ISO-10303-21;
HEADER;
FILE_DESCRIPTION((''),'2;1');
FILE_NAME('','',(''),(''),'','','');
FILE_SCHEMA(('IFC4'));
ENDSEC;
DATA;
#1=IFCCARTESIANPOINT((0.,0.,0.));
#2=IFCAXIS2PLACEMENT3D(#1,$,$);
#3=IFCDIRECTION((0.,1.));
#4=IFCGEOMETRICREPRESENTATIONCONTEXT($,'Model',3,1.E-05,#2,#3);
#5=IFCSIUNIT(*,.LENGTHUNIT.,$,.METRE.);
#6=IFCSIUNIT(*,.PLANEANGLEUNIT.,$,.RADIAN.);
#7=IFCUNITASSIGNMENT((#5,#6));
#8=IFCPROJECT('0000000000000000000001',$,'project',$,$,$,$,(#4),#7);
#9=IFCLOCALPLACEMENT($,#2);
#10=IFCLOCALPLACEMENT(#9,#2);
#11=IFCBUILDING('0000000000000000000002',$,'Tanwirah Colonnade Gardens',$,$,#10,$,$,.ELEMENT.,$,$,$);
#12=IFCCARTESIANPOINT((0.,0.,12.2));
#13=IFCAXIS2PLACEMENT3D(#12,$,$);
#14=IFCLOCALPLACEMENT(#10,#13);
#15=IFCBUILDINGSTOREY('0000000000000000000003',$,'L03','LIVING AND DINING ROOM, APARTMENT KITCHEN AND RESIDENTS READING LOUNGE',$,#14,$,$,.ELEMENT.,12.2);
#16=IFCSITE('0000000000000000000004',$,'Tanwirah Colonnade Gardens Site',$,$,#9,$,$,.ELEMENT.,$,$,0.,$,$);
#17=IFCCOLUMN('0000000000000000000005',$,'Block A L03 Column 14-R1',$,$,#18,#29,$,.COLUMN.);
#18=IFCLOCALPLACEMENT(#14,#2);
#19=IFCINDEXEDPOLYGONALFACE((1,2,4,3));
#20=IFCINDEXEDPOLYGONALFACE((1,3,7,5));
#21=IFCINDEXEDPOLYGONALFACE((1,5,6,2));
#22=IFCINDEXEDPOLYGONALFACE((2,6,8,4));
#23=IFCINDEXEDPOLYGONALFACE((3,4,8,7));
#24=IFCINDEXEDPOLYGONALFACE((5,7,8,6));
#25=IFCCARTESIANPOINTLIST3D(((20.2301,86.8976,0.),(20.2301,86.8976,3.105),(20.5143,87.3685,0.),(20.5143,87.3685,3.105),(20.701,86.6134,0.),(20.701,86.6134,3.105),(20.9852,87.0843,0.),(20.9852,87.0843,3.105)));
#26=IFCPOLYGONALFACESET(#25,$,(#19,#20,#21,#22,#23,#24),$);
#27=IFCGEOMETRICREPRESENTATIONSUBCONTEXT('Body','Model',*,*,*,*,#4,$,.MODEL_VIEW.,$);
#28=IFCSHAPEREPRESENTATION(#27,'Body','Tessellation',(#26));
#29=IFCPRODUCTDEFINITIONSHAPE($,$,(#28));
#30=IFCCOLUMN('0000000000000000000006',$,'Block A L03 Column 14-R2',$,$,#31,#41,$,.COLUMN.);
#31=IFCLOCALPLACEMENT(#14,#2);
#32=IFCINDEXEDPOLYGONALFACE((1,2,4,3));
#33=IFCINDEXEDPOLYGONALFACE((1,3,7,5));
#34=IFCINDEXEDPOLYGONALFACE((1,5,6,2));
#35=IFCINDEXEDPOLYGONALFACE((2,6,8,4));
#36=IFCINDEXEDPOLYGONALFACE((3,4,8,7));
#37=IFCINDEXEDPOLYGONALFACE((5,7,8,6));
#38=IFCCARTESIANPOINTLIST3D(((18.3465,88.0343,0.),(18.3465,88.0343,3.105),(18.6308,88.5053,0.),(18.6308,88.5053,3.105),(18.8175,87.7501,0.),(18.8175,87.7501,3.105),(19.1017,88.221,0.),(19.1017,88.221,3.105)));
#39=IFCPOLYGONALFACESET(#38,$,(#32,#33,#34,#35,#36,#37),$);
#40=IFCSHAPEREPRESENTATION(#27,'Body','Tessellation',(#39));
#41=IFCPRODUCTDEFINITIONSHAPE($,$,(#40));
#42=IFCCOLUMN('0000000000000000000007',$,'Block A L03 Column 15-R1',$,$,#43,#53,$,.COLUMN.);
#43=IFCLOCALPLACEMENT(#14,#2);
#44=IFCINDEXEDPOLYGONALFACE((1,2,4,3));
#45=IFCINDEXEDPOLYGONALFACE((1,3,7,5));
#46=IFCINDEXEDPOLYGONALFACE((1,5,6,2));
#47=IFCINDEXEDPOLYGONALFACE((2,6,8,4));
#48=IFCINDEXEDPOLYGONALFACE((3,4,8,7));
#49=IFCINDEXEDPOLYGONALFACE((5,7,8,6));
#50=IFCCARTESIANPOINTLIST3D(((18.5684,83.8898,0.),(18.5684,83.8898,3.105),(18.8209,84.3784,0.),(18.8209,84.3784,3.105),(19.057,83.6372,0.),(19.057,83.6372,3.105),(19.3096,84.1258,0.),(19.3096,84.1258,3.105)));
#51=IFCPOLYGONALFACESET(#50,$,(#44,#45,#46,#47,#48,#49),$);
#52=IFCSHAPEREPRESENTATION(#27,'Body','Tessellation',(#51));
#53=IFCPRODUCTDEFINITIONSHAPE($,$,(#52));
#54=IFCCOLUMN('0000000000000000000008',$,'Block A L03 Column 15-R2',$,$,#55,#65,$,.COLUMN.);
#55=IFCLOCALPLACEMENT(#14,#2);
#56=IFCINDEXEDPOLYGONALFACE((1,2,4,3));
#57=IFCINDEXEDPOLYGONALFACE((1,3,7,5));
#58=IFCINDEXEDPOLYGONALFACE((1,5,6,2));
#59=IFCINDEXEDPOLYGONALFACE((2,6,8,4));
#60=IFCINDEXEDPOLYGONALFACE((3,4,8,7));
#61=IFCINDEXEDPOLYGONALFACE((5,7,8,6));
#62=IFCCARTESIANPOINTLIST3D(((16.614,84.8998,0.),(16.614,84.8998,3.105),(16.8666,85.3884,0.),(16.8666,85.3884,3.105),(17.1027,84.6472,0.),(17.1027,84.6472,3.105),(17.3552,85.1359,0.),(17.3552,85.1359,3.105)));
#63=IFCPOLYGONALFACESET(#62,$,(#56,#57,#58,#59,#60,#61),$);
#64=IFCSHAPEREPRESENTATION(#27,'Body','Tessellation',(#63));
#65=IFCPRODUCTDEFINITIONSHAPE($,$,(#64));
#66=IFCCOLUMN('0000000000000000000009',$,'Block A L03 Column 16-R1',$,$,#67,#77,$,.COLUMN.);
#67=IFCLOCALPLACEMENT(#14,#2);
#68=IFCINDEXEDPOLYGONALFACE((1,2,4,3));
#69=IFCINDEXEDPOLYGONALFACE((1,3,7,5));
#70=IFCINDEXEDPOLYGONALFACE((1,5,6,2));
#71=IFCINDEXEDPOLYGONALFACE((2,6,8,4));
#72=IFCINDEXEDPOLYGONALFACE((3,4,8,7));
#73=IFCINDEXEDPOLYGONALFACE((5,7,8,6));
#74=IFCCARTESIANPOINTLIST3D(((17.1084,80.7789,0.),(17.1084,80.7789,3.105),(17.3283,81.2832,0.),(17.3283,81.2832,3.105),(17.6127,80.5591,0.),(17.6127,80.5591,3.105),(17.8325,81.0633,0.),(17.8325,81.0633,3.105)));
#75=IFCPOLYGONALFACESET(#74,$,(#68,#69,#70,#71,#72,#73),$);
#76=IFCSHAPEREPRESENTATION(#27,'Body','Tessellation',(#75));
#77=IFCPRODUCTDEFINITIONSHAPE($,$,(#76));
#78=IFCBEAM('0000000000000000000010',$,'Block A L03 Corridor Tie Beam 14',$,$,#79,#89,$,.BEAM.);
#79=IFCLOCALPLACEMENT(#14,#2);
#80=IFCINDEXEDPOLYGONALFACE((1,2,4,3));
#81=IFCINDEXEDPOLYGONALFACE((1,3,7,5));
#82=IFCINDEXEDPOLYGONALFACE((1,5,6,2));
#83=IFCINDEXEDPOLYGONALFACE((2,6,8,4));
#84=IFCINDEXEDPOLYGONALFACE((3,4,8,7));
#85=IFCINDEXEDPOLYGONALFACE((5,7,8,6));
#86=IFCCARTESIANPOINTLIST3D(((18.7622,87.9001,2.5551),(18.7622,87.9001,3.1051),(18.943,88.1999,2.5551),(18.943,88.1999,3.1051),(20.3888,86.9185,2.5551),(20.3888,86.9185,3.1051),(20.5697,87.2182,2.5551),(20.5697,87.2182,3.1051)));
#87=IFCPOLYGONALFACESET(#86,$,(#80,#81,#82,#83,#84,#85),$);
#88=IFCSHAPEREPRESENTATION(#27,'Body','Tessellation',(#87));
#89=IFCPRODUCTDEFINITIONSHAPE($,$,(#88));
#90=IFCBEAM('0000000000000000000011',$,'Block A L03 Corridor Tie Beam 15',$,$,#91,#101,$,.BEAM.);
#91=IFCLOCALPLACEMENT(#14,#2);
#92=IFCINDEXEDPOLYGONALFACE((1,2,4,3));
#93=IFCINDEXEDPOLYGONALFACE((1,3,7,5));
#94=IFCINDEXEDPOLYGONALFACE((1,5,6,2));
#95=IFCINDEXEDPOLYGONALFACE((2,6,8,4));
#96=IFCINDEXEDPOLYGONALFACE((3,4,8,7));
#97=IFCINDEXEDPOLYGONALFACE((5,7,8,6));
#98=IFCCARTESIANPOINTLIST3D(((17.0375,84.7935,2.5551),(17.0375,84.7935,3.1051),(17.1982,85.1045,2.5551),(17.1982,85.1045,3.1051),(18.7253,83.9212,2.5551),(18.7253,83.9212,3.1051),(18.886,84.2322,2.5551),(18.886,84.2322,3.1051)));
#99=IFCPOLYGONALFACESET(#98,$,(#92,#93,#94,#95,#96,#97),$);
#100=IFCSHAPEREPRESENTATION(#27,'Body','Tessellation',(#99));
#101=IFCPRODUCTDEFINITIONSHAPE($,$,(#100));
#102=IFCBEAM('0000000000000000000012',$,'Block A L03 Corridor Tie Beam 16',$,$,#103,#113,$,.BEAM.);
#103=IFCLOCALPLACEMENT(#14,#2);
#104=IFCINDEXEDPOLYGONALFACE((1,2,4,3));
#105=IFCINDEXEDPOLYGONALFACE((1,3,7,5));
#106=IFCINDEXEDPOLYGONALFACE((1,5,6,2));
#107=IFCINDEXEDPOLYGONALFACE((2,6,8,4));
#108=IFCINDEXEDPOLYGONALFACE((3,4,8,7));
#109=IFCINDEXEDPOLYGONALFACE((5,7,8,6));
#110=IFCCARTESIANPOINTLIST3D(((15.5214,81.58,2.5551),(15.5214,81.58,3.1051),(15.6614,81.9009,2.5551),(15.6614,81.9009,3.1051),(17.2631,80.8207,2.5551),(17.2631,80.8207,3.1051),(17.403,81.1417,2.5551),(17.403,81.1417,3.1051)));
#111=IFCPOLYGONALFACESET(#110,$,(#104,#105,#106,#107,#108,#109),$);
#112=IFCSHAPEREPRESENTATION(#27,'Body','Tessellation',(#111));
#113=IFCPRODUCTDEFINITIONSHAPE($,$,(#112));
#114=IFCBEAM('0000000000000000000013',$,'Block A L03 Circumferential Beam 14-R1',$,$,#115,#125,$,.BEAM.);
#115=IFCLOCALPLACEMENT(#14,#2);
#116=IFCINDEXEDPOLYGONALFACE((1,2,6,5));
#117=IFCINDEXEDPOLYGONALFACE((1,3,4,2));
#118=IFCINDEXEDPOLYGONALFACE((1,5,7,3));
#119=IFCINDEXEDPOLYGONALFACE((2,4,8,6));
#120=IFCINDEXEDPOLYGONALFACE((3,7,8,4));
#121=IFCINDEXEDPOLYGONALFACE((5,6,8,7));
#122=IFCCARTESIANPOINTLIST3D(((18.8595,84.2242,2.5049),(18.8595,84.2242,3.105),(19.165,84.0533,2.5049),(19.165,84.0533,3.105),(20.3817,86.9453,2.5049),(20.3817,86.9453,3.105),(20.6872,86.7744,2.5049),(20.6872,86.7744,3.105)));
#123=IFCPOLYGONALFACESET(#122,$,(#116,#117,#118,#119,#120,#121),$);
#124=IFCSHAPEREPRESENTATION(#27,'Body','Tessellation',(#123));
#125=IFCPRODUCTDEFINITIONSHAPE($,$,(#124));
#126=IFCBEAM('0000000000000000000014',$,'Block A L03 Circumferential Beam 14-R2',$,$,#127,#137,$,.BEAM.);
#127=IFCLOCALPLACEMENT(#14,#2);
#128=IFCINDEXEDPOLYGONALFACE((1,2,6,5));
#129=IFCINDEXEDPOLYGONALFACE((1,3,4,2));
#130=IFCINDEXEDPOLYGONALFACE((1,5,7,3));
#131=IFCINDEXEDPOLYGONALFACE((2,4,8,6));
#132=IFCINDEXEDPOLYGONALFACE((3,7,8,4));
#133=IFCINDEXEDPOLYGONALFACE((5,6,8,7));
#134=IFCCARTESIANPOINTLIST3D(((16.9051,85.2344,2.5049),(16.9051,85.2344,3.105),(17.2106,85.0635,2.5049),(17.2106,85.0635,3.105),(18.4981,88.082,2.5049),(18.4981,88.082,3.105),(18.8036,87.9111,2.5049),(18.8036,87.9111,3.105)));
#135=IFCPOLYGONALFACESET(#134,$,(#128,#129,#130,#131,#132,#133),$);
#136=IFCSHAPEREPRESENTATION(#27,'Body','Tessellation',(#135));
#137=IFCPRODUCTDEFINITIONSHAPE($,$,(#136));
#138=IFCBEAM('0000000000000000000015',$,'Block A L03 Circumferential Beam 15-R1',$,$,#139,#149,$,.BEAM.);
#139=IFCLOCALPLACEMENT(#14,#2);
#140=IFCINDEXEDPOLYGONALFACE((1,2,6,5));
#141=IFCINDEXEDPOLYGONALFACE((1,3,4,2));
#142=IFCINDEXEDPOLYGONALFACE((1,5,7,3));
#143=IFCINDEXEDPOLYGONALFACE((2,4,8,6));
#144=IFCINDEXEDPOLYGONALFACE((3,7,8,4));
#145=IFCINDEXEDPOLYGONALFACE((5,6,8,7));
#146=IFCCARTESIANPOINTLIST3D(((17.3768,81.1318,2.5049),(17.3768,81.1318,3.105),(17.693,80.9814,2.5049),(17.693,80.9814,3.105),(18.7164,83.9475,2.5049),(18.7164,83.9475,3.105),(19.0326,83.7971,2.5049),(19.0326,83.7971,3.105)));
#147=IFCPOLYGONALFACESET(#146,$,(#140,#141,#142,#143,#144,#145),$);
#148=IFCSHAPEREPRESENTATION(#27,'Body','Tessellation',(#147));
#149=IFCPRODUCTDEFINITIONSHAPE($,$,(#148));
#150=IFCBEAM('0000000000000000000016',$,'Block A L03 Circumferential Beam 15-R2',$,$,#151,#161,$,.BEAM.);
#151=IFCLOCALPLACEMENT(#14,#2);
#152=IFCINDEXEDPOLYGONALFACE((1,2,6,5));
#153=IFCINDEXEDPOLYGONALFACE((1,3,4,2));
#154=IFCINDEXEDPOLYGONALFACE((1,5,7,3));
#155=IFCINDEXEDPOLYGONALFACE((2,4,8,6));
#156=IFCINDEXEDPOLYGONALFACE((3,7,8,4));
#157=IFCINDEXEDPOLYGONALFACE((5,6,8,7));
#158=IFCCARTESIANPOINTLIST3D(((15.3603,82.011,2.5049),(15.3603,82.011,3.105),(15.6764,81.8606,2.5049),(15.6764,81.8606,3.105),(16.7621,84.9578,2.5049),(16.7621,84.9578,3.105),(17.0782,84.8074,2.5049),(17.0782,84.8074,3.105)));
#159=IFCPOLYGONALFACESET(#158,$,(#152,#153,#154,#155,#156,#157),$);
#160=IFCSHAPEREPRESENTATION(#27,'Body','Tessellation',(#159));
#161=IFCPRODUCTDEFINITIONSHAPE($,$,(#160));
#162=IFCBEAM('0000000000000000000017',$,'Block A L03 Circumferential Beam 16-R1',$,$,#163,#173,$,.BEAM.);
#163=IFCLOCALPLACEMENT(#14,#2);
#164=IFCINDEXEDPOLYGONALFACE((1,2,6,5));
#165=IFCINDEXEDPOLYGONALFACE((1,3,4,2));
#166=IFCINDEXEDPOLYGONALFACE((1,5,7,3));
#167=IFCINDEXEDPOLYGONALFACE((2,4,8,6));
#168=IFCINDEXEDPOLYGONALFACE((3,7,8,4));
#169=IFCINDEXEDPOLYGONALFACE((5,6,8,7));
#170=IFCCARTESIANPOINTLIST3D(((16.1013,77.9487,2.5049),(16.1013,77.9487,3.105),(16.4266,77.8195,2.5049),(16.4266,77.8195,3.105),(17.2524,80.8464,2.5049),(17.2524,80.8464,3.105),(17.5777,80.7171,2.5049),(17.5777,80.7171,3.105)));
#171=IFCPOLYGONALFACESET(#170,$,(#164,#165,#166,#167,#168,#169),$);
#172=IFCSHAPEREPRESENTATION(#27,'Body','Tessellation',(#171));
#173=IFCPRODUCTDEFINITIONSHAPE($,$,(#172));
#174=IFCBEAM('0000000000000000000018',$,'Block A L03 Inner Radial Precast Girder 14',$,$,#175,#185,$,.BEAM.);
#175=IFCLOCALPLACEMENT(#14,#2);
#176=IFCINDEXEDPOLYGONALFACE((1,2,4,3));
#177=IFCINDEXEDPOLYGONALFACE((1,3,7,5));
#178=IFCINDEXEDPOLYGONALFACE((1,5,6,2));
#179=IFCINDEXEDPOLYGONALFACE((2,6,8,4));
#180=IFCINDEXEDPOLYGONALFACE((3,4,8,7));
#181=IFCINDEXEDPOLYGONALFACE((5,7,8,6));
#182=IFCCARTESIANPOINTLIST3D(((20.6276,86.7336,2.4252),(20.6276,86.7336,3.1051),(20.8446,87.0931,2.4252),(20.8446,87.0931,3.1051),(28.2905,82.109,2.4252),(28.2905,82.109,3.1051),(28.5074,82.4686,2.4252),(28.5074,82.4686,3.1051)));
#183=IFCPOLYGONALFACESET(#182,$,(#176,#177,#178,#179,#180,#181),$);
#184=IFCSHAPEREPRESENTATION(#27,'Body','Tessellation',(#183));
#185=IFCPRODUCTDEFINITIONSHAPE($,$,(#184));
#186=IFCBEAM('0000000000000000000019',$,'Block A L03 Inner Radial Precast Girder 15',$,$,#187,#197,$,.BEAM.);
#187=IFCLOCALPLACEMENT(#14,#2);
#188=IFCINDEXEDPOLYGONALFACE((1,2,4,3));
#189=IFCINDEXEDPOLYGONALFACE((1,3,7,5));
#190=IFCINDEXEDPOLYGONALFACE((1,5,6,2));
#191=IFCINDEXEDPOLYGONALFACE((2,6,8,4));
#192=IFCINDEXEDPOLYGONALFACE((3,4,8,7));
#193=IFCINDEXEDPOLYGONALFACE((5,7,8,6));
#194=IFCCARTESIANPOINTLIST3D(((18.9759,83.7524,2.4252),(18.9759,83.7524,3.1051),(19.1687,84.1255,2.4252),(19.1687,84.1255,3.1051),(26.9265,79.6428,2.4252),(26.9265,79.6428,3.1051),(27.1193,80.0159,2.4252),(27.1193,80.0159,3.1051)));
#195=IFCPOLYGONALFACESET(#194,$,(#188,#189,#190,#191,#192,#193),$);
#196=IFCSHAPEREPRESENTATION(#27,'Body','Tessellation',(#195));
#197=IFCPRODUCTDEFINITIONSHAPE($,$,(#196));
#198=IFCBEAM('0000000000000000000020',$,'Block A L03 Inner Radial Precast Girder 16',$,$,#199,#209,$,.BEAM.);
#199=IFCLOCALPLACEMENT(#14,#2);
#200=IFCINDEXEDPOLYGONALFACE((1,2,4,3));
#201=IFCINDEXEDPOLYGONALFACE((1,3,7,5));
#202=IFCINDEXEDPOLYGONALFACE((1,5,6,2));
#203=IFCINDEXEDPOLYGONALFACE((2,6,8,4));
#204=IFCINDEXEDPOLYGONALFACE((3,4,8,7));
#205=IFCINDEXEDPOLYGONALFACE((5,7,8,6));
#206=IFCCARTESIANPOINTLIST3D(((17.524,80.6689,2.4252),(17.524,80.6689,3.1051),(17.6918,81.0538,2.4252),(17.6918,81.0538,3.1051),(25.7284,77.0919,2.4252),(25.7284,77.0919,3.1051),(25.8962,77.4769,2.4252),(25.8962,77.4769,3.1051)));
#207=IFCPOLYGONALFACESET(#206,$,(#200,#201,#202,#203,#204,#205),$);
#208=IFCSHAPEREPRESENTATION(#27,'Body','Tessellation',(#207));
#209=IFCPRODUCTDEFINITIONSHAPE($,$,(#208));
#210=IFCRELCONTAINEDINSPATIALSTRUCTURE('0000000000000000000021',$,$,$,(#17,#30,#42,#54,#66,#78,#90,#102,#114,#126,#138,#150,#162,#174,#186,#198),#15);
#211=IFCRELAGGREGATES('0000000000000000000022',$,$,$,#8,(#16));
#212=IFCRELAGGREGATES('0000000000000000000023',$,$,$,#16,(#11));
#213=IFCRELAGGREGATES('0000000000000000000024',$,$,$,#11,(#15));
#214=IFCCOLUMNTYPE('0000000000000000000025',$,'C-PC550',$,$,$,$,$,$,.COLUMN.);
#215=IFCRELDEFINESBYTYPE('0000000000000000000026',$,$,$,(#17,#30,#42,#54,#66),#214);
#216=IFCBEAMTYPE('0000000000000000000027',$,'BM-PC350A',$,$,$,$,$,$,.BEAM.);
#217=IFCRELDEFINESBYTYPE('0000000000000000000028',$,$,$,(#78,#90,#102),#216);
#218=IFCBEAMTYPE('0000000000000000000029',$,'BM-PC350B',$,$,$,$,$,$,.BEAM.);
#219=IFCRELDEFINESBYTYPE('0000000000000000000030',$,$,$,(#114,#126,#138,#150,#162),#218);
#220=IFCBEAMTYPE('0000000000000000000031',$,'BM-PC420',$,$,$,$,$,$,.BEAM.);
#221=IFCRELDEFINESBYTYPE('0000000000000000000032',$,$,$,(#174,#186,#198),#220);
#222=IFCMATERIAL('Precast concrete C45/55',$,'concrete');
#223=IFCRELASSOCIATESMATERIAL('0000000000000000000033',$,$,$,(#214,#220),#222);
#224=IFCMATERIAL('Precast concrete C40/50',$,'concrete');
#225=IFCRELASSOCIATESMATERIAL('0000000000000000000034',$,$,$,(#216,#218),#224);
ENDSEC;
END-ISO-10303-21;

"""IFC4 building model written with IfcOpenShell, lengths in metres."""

from ifc_helpers import new_model, si_unit, direction, frame, origin, origin_2d, place, context, subcontext, project, spatial, rectangle, extrude, material, material_profile, profile_set, type_object, element, save


model = new_model("IFC4")

# Units and contexts
model_context = context("Model", 3, precision=1e-05, world=origin(), true_north=direction((0.0, 1.0)))
body_context = subcontext(model_context, "Body", "Model", "MODEL_VIEW")
ifc_project = project(units=[si_unit("LENGTHUNIT", "METRE"), si_unit("PLANEANGLEUNIT", "RADIAN")], contexts=[model_context])

# Site, building, storey
site_placement = place(None, origin())
site = spatial("IfcSite", under=ifc_project, at=site_placement, Name="Tanwirah Colonnade Gardens Site", CompositionType="ELEMENT", RefElevation=0.0)
building_placement = place(site_placement, origin())
building = spatial("IfcBuilding", under=site, at=building_placement, Name="Tanwirah Colonnade Gardens", CompositionType="ELEMENT")
storey_placement = place(building_placement, frame((0.0, 0.0, 12.2)))
storey = spatial("IfcBuildingStorey", under=building, at=storey_placement, Name="L03", Description="LIVING AND DINING ROOM, APARTMENT KITCHEN AND RESIDENTS READING LOUNGE", CompositionType="ELEMENT", Elevation=12.2)

# Columns
ifc_material_1 = material(Name="Precast concrete C45/55", Category="concrete")
ifc_material_profile_1 = material_profile(ifc_material_1, rectangle(XDim=0.55, YDim=0.55, at=origin_2d()), Name="PC-COL 550x550")
ifc_profile_set_1 = profile_set([ifc_material_profile_1], Name="Precast concrete C45/55")
column_type = type_object("IfcColumnType", Name="C-PC550", PredefinedType="COLUMN", material=ifc_profile_set_1)
for number, where, z_axis, x_axis, name in (
    (1, (20.6077, 86.991, 0.0), (0.0, 0.0, 1.0), (-0.856167, 0.516699, 0.0), "Block A L03 Column 14-R1"),
    (2, (18.7241, 88.1277, 0.0), (0.0, 0.0, 1.0), (-0.856167, 0.516699, 0.0), "Block A L03 Column 14-R2"),
    (3, (18.939, 84.0078, 0.0), (0.0, 0.0, 1.0), (-0.88835, 0.459166, 0.0), "Block A L03 Column 15-R1"),
    (4, (16.9846, 85.0178, 0.0), (0.0, 0.0, 1.0), (-0.88835, 0.459166, 0.0), "Block A L03 Column 15-R2"),
    (5, (17.4705, 80.9211, 0.0), (0.0, 0.0, 1.0), (-0.916673, 0.399638, 0.0), "Block A L03 Column 16-R1"),
):
    element("IfcColumn", number, at=place(storey_placement, frame(where, z_axis=z_axis, x_axis=x_axis)), inside=storey, type_object=column_type, Name=name, PredefinedType="COLUMN", context=body_context, shape_type="SweptSolid", body=[
        extrude(rectangle(XDim=0.55, YDim=0.55, at=origin_2d()), origin(), (0.0, 0.0, 1.0), 3.105),
    ])

# Beams
ifc_material_2 = material(Name="Precast concrete C40/50", Category="concrete")
ifc_material_profile_2 = material_profile(ifc_material_2, rectangle(XDim=0.3501, YDim=0.55, at=origin_2d()), Name="PC-BM 350x550")
ifc_profile_set_2 = profile_set([ifc_material_profile_2], Name="Precast concrete C40/50")
beam_type_1 = type_object("IfcBeamType", Name="BM-PC350A", PredefinedType="BEAM", material=ifc_profile_set_2)
for number, where, z_axis, x_axis, name in (
    (6, (20.4792, 87.0684, 2.8301), (-0.856175, 0.516686, 0.0), (-0.516686, -0.856175, 0.0), "Block A L03 Corridor Tie Beam 14"),
    (7, (18.8057, 84.0767, 2.8301), (-0.888359, 0.45915, 0.0), (-0.45915, -0.888359, 0.0), "Block A L03 Corridor Tie Beam 15"),
    (8, (17.333, 80.9812, 2.8301), (-0.916681, 0.399619, 0.0), (-0.399619, -0.916681, 0.0), "Block A L03 Corridor Tie Beam 16"),
):
    element("IfcBeam", number, at=place(storey_placement, frame(where, z_axis=z_axis, x_axis=x_axis)), inside=storey, type_object=beam_type_1, Name=name, PredefinedType="BEAM", context=body_context, shape_type="SweptSolid", body=[
        extrude(rectangle(XDim=0.3501, YDim=0.55, at=origin_2d()), origin(), (0.0, 0.0, 1.0), 1.8999),
    ])
ifc_material_profile_3 = material_profile(ifc_material_2, rectangle(XDim=0.3501, YDim=0.6001, at=origin_2d()), Name="PC-BM 350x600")
ifc_profile_set_3 = profile_set([ifc_material_profile_3], Name="Precast concrete C40/50")
beam_type_2 = type_object("IfcBeamType", Name="BM-PC350B", PredefinedType="BEAM", material=ifc_profile_set_3)
beam_1_placement = place(storey_placement, frame((20.5344, 86.8599, 2.8049), z_axis=(-0.4882, -0.872732, 0.0), x_axis=(0.872732, -0.4882, 0.0)))
element("IfcBeam", 9, at=beam_1_placement, inside=storey, type_object=beam_type_2, Name="Block A L03 Circumferential Beam 14-R1", PredefinedType="BEAM", context=body_context, shape_type="SweptSolid", body=[
    extrude(rectangle(XDim=0.3501, YDim=0.6001, at=origin_2d()), origin(), (0.0, 0.0, 1.0), 3.1179),
])
beam_2_placement = place(storey_placement, frame((18.6509, 87.9966, 2.8049), z_axis=(-0.488214, -0.872724, 0.0), x_axis=(0.872724, -0.488214, 0.0)))
element("IfcBeam", 10, at=beam_2_placement, inside=storey, type_object=beam_type_2, Name="Block A L03 Circumferential Beam 14-R2", PredefinedType="BEAM", context=body_context, shape_type="SweptSolid", body=[
    extrude(rectangle(XDim=0.3501, YDim=0.6001, at=origin_2d()), origin(), (0.0, 0.0, 1.0), 3.2629),
])
beam_3_placement = place(storey_placement, frame((18.8745, 83.8723, 2.8049), z_axis=(-0.429621, -0.90301, 0.0), x_axis=(0.90301, -0.429621, 0.0)))
element("IfcBeam", 11, at=beam_3_placement, inside=storey, type_object=beam_type_2, Name="Block A L03 Circumferential Beam 15-R1", PredefinedType="BEAM", context=body_context, shape_type="SweptSolid", body=[
    extrude(rectangle(XDim=0.3501, YDim=0.6001, at=origin_2d()), origin(), (0.0, 0.0, 1.0), 3.1182),
])
beam_4_placement = place(storey_placement, frame((16.9202, 84.8826, 2.8049), z_axis=(-0.429591, -0.903024, 0.0), x_axis=(0.903024, -0.429591, 0.0)))
element("IfcBeam", 12, at=beam_4_placement, inside=storey, type_object=beam_type_2, Name="Block A L03 Circumferential Beam 15-R2", PredefinedType="BEAM", context=body_context, shape_type="SweptSolid", body=[
    extrude(rectangle(XDim=0.3501, YDim=0.6001, at=origin_2d()), origin(), (0.0, 0.0, 1.0), 3.2632),
])
beam_5_placement = place(storey_placement, frame((17.415, 80.7817, 2.8049), z_axis=(-0.369189, -0.929354, 0.0), x_axis=(0.929354, -0.369189, 0.0)))
element("IfcBeam", 13, at=beam_5_placement, inside=storey, type_object=beam_type_2, Name="Block A L03 Circumferential Beam 16-R1", PredefinedType="BEAM", context=body_context, shape_type="SweptSolid", body=[
    extrude(rectangle(XDim=0.3501, YDim=0.6001, at=origin_2d()), origin(), (0.0, 0.0, 1.0), 3.1179),
])
ifc_material_profile_4 = material_profile(ifc_material_1, rectangle(XDim=0.4199, YDim=0.6799, at=origin_2d()), Name="PC-BM 420x680")
ifc_profile_set_4 = profile_set([ifc_material_profile_4], Name="Precast concrete C45/55")
beam_type_3 = type_object("IfcBeamType", Name="BM-PC420", PredefinedType="BEAM", material=ifc_profile_set_4)
beam_6_placement = place(storey_placement, frame((20.7361, 86.9133, 2.7651), z_axis=(0.856169, -0.516696, 0.0), x_axis=(0.516696, 0.856169, 0.0)))
element("IfcBeam", 14, at=beam_6_placement, inside=storey, type_object=beam_type_3, Name="Block A L03 Inner Radial Precast Girder 14", PredefinedType="BEAM", context=body_context, shape_type="SweptSolid", body=[
    extrude(rectangle(XDim=0.4199, YDim=0.6799, at=origin_2d()), origin(), (0.0, 0.0, 1.0), 8.9502),
])
beam_7_placement = place(storey_placement, frame((19.0723, 83.939, 2.7651), z_axis=(0.888345, -0.459176, 0.0), x_axis=(0.459176, 0.888345, 0.0)))
element("IfcBeam", 15, at=beam_7_placement, inside=storey, type_object=beam_type_3, Name="Block A L03 Inner Radial Precast Girder 15", PredefinedType="BEAM", context=body_context, shape_type="SweptSolid", body=[
    extrude(rectangle(XDim=0.4199, YDim=0.6799, at=origin_2d()), origin(), (0.0, 0.0, 1.0), 8.95),
])
beam_8_placement = place(storey_placement, frame((17.6079, 80.8613, 2.7651), z_axis=(0.916669, -0.399647, 0.0), x_axis=(0.399647, 0.916669, 0.0)))
element("IfcBeam", 16, at=beam_8_placement, inside=storey, type_object=beam_type_3, Name="Block A L03 Inner Radial Precast Girder 16", PredefinedType="BEAM", context=body_context, shape_type="SweptSolid", body=[
    extrude(rectangle(XDim=0.4199, YDim=0.6799, at=origin_2d()), origin(), (0.0, 0.0, 1.0), 8.9502),
])

save(model, "model.ifc")
